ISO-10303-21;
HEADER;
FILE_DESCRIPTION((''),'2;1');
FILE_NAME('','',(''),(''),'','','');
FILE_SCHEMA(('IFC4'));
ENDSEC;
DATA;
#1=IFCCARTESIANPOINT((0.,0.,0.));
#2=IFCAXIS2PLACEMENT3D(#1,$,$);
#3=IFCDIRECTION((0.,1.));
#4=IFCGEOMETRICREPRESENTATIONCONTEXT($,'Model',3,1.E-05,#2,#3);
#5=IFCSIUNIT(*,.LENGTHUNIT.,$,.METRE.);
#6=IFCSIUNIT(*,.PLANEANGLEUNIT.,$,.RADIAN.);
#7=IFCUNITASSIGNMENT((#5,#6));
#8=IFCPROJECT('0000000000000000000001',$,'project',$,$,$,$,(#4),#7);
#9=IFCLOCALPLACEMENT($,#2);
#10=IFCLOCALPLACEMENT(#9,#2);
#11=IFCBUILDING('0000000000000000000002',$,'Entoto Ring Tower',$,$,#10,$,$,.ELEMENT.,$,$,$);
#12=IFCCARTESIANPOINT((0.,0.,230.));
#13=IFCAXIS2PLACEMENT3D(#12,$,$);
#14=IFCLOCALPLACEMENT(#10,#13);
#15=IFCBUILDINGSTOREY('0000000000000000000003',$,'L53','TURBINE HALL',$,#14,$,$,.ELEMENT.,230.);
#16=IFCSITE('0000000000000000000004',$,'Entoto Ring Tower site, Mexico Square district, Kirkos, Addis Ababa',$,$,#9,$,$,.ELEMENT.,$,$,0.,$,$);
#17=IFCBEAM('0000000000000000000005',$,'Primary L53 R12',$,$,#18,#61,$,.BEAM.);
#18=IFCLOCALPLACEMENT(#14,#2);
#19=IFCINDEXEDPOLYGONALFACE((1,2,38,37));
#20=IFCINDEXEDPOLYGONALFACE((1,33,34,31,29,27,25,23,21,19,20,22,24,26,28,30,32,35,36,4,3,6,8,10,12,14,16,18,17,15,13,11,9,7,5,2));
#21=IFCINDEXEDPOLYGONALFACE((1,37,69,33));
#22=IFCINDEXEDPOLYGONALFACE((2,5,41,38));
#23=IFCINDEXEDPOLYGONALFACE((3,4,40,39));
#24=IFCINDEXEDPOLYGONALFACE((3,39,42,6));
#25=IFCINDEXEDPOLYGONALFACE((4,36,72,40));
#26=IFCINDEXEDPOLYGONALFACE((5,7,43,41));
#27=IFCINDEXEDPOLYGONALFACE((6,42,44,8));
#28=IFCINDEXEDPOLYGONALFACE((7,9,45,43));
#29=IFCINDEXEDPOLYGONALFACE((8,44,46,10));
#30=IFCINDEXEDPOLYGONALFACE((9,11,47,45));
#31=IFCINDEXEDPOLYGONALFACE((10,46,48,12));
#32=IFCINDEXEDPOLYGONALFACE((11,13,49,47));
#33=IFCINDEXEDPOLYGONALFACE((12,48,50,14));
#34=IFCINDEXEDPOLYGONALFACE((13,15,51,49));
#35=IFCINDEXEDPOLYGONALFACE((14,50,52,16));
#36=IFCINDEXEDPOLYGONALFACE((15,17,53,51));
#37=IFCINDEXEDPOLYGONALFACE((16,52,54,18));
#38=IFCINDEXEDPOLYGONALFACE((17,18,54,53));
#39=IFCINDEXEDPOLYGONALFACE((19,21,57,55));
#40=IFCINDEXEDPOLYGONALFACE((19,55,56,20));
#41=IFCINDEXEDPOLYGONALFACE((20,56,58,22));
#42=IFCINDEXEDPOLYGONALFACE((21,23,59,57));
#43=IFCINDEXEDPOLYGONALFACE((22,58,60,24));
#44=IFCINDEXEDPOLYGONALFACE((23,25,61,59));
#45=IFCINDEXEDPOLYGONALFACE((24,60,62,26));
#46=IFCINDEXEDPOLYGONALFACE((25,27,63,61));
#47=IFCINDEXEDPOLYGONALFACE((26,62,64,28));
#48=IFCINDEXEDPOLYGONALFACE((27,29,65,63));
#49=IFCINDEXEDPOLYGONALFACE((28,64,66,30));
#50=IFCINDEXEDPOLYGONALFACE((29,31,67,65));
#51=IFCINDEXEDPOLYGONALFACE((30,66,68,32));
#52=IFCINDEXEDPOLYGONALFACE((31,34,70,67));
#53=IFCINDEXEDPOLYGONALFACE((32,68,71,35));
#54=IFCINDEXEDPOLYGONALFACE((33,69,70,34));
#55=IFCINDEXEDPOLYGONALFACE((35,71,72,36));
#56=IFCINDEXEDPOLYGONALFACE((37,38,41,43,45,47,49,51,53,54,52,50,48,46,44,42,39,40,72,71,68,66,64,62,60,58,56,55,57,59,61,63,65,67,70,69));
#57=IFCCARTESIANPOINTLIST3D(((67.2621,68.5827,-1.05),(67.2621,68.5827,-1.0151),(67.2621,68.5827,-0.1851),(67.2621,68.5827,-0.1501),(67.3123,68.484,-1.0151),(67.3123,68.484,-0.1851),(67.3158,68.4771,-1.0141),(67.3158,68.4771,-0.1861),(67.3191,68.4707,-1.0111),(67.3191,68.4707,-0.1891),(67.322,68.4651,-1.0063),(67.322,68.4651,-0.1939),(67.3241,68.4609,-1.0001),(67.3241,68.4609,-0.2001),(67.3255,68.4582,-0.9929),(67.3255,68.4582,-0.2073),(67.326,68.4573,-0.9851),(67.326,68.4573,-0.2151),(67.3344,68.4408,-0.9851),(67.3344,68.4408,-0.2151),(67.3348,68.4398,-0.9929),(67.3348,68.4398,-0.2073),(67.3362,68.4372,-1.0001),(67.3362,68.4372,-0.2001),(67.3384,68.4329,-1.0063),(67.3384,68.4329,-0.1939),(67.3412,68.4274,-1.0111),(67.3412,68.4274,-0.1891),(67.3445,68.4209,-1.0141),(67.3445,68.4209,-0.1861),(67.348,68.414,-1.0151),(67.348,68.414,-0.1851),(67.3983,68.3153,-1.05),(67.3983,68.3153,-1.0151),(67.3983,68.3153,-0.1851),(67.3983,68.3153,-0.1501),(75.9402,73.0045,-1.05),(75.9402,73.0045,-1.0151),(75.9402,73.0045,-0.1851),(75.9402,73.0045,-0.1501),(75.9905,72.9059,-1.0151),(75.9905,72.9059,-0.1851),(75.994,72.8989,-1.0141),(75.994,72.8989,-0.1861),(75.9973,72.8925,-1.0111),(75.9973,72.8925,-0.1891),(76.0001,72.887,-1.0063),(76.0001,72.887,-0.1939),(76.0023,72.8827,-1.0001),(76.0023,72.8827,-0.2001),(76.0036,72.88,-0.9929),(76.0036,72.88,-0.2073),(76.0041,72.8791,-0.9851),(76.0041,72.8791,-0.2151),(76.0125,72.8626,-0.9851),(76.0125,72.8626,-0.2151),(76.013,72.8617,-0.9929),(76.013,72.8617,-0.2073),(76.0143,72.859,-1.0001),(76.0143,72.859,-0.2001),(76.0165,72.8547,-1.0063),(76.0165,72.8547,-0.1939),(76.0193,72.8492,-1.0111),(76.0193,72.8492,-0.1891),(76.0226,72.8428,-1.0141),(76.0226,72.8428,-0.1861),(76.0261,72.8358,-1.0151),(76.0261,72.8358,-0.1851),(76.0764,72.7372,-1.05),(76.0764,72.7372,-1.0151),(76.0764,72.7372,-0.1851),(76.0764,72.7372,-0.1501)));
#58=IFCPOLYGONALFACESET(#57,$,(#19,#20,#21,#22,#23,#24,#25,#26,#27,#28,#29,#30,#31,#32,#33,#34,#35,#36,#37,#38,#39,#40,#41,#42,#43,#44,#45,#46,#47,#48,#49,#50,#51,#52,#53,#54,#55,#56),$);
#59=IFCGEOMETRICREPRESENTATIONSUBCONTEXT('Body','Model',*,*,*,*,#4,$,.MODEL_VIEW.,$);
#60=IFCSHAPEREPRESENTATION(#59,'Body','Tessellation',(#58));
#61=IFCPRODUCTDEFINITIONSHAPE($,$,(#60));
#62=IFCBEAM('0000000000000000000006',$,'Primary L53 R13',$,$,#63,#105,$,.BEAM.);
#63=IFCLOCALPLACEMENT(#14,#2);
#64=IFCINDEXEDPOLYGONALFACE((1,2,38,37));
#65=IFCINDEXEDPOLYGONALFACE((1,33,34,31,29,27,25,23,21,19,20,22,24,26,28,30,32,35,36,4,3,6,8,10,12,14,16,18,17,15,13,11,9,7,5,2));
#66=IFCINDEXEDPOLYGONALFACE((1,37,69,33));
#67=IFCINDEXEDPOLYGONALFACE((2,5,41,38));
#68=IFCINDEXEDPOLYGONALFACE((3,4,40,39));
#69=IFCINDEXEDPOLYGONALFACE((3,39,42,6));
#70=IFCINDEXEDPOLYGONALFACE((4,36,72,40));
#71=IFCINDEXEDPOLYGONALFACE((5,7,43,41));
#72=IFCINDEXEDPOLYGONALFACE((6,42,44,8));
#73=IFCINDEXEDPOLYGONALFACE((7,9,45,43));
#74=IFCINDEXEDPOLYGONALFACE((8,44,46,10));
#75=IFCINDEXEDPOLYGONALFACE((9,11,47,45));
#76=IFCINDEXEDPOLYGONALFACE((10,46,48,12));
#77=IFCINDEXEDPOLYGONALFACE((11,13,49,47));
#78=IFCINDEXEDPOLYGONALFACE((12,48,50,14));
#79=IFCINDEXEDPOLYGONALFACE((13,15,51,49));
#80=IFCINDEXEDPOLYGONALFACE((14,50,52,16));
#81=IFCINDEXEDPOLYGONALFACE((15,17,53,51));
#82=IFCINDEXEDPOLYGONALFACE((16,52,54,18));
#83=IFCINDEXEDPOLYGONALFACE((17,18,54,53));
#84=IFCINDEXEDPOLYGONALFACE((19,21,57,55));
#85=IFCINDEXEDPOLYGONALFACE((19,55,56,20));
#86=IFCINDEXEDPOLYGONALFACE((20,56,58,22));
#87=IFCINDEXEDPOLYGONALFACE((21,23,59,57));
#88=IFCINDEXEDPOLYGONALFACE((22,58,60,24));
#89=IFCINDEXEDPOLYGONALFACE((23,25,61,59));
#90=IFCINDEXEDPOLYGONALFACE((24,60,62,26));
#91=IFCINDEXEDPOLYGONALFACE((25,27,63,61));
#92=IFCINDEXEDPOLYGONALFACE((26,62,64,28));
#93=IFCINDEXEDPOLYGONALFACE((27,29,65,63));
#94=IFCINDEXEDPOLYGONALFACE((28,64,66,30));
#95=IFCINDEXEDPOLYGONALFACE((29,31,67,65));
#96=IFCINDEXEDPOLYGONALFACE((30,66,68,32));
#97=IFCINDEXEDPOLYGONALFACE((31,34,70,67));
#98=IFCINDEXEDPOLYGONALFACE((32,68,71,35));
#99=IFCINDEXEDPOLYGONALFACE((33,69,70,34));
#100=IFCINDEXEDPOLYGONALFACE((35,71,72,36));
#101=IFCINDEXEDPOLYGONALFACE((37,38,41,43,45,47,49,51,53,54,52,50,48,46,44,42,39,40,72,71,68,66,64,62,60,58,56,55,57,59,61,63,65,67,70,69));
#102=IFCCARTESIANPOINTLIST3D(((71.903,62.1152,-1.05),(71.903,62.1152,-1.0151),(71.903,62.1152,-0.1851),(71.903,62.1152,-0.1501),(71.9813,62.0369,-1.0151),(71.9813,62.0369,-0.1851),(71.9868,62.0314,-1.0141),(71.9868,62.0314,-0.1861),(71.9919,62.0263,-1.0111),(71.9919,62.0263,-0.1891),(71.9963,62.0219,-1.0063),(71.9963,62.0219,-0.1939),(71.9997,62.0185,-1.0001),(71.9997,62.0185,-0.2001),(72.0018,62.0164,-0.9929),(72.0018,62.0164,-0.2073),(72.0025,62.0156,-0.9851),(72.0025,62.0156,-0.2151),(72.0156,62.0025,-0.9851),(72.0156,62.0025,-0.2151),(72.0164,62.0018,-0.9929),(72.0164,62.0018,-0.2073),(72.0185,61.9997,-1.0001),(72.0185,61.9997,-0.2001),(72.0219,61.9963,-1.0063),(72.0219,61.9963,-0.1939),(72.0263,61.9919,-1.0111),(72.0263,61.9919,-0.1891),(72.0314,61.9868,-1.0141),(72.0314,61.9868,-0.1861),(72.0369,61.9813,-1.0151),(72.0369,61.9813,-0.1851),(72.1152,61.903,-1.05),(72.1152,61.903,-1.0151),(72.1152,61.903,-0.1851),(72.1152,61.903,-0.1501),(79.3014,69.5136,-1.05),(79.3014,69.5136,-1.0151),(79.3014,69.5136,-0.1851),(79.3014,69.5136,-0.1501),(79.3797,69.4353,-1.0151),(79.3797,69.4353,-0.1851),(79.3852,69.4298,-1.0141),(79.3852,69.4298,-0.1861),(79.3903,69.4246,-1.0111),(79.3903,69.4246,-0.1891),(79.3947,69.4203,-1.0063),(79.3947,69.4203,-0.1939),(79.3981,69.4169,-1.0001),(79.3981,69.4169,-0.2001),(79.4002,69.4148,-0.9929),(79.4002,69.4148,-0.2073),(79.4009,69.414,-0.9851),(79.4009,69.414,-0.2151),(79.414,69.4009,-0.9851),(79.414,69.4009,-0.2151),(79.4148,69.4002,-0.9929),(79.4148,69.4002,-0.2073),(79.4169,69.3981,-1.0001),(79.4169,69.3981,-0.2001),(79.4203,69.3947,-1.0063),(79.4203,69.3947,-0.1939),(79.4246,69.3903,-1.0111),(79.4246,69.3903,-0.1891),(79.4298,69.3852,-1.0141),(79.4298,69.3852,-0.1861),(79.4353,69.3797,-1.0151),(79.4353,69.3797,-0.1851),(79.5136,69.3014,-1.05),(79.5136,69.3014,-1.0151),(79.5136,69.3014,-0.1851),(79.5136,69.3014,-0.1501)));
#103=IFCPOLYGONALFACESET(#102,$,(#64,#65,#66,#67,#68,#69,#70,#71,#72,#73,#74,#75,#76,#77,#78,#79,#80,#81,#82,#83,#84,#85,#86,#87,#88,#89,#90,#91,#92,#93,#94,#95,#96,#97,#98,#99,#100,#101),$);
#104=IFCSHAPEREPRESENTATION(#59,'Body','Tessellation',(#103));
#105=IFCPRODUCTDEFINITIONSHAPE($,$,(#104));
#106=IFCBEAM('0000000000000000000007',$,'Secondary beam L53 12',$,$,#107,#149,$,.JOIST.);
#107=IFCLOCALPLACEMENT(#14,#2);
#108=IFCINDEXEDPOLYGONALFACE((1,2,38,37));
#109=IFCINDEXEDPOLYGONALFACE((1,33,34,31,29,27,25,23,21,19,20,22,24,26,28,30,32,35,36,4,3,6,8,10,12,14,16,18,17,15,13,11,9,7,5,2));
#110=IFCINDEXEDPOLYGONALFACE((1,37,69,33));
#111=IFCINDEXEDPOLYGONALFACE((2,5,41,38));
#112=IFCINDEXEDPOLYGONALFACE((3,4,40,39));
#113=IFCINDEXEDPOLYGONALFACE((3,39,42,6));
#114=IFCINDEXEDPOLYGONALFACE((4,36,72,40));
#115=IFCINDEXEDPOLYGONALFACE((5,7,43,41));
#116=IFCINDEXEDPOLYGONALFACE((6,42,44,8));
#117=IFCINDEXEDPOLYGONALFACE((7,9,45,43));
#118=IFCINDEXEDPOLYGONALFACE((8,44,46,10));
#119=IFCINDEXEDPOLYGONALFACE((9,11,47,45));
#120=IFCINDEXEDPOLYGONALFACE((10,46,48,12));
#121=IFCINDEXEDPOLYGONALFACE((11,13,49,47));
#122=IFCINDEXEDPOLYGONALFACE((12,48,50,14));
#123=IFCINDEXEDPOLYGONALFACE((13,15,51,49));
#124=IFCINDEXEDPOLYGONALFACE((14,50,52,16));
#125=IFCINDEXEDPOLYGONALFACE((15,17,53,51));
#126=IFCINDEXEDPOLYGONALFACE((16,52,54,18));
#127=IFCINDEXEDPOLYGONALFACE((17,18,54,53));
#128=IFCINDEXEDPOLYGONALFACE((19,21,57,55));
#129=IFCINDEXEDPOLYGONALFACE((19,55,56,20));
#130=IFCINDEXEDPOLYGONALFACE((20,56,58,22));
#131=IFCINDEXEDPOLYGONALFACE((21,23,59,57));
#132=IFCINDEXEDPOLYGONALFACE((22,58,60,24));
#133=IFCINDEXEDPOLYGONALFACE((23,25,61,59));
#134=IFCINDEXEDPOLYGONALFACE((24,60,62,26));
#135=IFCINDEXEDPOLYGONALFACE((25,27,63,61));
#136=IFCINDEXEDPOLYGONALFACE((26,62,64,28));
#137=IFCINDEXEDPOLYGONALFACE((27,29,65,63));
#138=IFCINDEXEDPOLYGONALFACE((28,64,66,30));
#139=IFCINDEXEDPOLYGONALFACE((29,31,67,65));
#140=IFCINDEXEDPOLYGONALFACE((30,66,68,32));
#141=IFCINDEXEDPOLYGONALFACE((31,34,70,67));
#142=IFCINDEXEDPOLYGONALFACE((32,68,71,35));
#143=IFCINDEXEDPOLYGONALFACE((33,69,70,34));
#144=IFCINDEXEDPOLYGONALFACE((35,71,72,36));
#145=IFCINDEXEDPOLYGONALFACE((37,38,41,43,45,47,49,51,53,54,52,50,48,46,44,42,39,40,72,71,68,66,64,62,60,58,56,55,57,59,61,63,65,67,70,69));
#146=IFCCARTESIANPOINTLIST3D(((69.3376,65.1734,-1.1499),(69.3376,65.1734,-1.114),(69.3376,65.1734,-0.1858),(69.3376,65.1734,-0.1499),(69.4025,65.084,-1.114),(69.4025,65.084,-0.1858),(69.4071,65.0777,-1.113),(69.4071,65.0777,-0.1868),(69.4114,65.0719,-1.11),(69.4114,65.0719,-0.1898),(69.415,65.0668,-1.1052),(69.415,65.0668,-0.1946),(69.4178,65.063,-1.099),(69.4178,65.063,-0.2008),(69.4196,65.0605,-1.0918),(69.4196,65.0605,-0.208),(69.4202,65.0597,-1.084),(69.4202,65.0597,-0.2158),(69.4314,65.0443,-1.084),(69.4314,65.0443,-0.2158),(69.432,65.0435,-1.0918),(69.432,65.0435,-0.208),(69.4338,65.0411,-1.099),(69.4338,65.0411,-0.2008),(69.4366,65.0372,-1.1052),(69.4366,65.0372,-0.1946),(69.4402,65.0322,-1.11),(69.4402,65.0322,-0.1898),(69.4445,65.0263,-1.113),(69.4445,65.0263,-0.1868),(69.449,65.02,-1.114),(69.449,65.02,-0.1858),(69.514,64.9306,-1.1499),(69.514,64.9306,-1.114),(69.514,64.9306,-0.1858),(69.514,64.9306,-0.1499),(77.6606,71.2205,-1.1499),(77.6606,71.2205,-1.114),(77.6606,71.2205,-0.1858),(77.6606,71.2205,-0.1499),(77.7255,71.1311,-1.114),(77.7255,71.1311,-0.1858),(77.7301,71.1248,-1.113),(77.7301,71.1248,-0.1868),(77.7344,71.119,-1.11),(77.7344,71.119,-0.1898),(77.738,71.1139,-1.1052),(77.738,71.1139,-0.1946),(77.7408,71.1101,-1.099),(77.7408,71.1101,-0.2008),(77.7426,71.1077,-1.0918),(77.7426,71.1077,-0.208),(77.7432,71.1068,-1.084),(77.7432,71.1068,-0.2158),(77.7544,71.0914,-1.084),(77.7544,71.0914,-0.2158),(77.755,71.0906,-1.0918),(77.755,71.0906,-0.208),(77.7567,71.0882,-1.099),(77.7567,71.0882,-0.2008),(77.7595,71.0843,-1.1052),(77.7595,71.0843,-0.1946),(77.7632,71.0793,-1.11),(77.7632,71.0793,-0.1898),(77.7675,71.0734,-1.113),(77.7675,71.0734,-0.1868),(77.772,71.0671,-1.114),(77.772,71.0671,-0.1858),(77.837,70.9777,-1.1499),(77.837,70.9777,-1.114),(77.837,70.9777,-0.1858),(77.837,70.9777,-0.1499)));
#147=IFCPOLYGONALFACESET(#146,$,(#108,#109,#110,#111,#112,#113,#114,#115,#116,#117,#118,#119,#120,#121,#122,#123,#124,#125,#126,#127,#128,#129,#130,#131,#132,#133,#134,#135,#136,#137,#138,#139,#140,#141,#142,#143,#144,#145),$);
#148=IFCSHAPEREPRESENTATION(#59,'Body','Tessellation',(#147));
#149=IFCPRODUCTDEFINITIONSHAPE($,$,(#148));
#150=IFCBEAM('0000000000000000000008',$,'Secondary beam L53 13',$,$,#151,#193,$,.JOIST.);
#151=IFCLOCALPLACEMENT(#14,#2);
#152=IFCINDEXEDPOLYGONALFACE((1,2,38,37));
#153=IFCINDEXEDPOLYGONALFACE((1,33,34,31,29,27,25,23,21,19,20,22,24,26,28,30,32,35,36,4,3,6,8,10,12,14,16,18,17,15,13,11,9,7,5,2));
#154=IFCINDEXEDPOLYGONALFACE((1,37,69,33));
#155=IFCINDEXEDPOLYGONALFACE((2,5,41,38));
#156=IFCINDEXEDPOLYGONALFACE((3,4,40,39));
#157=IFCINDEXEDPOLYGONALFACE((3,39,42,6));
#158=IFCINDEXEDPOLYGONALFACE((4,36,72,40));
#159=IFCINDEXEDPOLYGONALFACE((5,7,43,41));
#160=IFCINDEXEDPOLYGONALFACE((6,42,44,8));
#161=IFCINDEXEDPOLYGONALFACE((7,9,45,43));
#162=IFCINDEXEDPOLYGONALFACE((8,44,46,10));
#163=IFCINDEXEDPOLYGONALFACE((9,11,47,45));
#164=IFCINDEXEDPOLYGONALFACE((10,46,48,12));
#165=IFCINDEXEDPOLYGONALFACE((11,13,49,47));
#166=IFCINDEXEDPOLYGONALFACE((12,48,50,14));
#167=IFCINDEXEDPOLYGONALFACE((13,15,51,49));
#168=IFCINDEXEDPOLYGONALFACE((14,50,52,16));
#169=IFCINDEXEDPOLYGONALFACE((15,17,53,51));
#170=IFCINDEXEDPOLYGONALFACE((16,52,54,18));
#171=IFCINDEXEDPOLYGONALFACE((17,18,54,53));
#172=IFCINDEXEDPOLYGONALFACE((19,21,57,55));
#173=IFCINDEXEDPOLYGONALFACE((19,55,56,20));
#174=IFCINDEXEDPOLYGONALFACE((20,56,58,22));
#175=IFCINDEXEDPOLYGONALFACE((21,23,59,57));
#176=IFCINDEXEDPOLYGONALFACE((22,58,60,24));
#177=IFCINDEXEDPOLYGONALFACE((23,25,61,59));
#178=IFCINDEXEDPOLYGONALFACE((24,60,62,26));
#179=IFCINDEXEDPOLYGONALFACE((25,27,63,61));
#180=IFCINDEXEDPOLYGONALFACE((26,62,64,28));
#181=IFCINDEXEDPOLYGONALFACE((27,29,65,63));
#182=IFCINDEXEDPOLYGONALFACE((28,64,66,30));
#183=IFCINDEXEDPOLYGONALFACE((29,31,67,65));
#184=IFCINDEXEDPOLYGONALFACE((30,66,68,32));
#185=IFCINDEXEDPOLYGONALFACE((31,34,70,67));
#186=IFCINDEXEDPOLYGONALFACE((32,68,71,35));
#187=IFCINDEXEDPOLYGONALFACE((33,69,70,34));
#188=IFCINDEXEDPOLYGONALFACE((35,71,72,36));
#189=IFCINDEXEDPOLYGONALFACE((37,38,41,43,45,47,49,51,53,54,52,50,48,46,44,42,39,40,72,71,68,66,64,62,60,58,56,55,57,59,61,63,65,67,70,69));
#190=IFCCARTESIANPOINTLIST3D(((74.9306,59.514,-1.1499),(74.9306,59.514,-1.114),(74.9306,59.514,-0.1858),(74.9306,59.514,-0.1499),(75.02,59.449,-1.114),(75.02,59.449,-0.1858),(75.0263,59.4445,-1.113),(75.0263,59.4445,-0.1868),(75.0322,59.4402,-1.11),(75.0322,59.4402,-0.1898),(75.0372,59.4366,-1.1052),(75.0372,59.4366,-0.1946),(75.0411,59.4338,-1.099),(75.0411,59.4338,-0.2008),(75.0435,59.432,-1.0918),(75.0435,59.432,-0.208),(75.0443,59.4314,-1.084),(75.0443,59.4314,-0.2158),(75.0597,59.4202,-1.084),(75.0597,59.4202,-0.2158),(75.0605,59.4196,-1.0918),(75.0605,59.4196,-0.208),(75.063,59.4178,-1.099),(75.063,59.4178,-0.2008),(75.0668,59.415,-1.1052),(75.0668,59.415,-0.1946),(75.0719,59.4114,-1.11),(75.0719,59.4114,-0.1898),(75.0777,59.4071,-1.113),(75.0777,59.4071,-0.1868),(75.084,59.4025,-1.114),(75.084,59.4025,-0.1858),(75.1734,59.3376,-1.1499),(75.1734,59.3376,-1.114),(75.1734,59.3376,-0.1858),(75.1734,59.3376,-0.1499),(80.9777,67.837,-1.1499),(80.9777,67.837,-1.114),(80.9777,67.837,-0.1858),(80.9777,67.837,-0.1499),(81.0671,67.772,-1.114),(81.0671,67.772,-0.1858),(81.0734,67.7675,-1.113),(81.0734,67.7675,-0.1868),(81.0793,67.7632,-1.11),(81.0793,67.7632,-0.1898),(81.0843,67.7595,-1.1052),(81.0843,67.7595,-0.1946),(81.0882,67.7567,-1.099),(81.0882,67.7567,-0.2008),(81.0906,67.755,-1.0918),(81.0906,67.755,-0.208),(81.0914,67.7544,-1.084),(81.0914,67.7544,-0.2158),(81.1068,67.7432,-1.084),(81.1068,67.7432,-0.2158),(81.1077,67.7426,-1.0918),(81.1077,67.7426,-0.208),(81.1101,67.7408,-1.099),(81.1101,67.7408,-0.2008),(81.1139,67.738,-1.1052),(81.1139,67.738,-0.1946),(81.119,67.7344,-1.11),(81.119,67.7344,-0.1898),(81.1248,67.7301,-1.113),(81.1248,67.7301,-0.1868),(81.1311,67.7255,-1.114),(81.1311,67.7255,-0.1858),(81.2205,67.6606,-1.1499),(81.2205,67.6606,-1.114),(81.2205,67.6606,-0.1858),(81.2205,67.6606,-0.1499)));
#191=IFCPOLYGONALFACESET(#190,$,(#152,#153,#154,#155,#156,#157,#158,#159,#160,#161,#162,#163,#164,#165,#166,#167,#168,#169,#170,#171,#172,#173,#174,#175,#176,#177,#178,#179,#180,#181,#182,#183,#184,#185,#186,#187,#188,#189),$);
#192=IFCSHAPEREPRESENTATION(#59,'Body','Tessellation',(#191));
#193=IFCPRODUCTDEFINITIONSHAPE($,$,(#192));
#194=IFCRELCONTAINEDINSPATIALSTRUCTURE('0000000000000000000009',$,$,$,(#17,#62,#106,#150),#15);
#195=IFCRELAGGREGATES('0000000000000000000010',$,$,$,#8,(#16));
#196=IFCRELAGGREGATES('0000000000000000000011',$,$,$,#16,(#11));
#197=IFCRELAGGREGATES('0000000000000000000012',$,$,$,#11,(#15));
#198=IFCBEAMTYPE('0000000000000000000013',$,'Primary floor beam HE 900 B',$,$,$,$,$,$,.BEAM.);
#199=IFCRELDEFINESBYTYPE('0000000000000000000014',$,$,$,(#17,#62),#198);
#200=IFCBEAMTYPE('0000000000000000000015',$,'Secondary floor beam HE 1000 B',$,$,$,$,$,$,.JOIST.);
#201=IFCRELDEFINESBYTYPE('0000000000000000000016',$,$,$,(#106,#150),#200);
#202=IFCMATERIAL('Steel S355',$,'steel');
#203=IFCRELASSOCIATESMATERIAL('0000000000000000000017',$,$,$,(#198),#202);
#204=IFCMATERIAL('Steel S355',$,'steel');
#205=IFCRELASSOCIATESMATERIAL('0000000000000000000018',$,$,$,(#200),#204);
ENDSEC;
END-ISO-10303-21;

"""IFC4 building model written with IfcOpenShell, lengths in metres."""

from ifc_helpers import new_model, si_unit, direction, frame, origin, origin_2d, place, context, subcontext, project, spatial, i_section, extrude, material, material_profile, profile_set, type_object, element, save


model = new_model("IFC4")

# Units and contexts
model_context = context("Model", 3, precision=1e-05, world=origin(), true_north=direction((0.0, 1.0)))
body_context = subcontext(model_context, "Body", "Model", "MODEL_VIEW")
ifc_project = project(units=[si_unit("LENGTHUNIT", "METRE"), si_unit("PLANEANGLEUNIT", "RADIAN")], contexts=[model_context])

# Site, building, storey
site_placement = place(None, origin())
site = spatial("IfcSite", under=ifc_project, at=site_placement, Name="Entoto Ring Tower site, Mexico Square district, Kirkos, Addis Ababa", CompositionType="ELEMENT", RefElevation=0.0)
building_placement = place(site_placement, origin())
building = spatial("IfcBuilding", under=site, at=building_placement, Name="Entoto Ring Tower", CompositionType="ELEMENT")
storey_placement = place(building_placement, frame((0.0, 0.0, 230.0)))
storey = spatial("IfcBuildingStorey", under=building, at=storey_placement, Name="L53", Description="TURBINE HALL", CompositionType="ELEMENT", Elevation=230.0)

# Beams
ifc_material_1 = material(Name="Steel S355", Category="steel")
ifc_material_profile_1 = material_profile(ifc_material_1, i_section(OverallWidth=0.3, OverallDepth=0.8999, WebThickness=0.0186, FlangeThickness=0.0349, FilletRadius=0.03, at=origin_2d()), Name="HE 900 B")
ifc_profile_set_1 = profile_set([ifc_material_profile_1], Name="Steel S355")
beam_type_1 = type_object("IfcBeamType", Name="Primary floor beam HE 900 B", PredefinedType="BEAM", material=ifc_profile_set_1)
beam_1_placement = place(storey_placement, frame((76.0083, 72.8708, -0.6001), z_axis=(-0.891002, -0.453999, 0.0), x_axis=(0.453999, -0.891002, 0.0)))
element("IfcBeam", 1, at=beam_1_placement, inside=storey, type_object=beam_type_1, Name="Primary L53 R12", PredefinedType="BEAM", context=body_context, shape_type="SweptSolid", body=[
    extrude(i_section(OverallWidth=0.3, OverallDepth=0.8999, WebThickness=0.0186, FlangeThickness=0.0349, FilletRadius=0.03, at=origin_2d()), origin(), (0.0, 0.0, 1.0), 9.7397),
])
beam_2_placement = place(storey_placement, frame((79.4075, 69.4075, -0.6001), z_axis=(-0.707107, -0.707107, 0.0), x_axis=(0.707107, -0.707107, 0.0)))
element("IfcBeam", 2, at=beam_2_placement, inside=storey, type_object=beam_type_1, Name="Primary L53 R13", PredefinedType="BEAM", context=body_context, shape_type="SweptSolid", body=[
    extrude(i_section(OverallWidth=0.3, OverallDepth=0.8999, WebThickness=0.0186, FlangeThickness=0.0349, FilletRadius=0.03, at=origin_2d()), origin(), (0.0, 0.0, 1.0), 10.4629),
])
ifc_material_2 = material(Name="Steel S355", Category="steel")
ifc_material_profile_2 = material_profile(ifc_material_2, i_section(OverallWidth=0.3, OverallDepth=1.0, WebThickness=0.019, FlangeThickness=0.0359, FilletRadius=0.03, at=origin_2d()), Name="HE 1000 B")
ifc_profile_set_2 = profile_set([ifc_material_profile_2], Name="Steel S355")
beam_type_2 = type_object("IfcBeamType", Name="Secondary floor beam HE 1000 B", PredefinedType="JOIST", material=ifc_profile_set_2)
for number, where, z_axis, x_axis, name in (
    (3, (77.7488, 71.0991, -0.6499), (-0.809012, -0.587792, 0.0), (0.587792, -0.809012, 0.0), "Secondary beam L53 12"),
    (4, (81.0991, 67.7488, -0.6499), (-0.587792, -0.809012, 0.0), (0.809012, -0.587792, 0.0), "Secondary beam L53 13"),
):
    element("IfcBeam", number, at=place(storey_placement, frame(where, z_axis=z_axis, x_axis=x_axis)), inside=storey, type_object=beam_type_2, Name=name, PredefinedType="JOIST", context=body_context, shape_type="SweptSolid", body=[
        extrude(i_section(OverallWidth=0.3, OverallDepth=1.0, WebThickness=0.019, FlangeThickness=0.0359, FilletRadius=0.03, at=origin_2d()), origin(), (0.0, 0.0, 1.0), 10.2878),
    ])

save(model, "model.ifc")
